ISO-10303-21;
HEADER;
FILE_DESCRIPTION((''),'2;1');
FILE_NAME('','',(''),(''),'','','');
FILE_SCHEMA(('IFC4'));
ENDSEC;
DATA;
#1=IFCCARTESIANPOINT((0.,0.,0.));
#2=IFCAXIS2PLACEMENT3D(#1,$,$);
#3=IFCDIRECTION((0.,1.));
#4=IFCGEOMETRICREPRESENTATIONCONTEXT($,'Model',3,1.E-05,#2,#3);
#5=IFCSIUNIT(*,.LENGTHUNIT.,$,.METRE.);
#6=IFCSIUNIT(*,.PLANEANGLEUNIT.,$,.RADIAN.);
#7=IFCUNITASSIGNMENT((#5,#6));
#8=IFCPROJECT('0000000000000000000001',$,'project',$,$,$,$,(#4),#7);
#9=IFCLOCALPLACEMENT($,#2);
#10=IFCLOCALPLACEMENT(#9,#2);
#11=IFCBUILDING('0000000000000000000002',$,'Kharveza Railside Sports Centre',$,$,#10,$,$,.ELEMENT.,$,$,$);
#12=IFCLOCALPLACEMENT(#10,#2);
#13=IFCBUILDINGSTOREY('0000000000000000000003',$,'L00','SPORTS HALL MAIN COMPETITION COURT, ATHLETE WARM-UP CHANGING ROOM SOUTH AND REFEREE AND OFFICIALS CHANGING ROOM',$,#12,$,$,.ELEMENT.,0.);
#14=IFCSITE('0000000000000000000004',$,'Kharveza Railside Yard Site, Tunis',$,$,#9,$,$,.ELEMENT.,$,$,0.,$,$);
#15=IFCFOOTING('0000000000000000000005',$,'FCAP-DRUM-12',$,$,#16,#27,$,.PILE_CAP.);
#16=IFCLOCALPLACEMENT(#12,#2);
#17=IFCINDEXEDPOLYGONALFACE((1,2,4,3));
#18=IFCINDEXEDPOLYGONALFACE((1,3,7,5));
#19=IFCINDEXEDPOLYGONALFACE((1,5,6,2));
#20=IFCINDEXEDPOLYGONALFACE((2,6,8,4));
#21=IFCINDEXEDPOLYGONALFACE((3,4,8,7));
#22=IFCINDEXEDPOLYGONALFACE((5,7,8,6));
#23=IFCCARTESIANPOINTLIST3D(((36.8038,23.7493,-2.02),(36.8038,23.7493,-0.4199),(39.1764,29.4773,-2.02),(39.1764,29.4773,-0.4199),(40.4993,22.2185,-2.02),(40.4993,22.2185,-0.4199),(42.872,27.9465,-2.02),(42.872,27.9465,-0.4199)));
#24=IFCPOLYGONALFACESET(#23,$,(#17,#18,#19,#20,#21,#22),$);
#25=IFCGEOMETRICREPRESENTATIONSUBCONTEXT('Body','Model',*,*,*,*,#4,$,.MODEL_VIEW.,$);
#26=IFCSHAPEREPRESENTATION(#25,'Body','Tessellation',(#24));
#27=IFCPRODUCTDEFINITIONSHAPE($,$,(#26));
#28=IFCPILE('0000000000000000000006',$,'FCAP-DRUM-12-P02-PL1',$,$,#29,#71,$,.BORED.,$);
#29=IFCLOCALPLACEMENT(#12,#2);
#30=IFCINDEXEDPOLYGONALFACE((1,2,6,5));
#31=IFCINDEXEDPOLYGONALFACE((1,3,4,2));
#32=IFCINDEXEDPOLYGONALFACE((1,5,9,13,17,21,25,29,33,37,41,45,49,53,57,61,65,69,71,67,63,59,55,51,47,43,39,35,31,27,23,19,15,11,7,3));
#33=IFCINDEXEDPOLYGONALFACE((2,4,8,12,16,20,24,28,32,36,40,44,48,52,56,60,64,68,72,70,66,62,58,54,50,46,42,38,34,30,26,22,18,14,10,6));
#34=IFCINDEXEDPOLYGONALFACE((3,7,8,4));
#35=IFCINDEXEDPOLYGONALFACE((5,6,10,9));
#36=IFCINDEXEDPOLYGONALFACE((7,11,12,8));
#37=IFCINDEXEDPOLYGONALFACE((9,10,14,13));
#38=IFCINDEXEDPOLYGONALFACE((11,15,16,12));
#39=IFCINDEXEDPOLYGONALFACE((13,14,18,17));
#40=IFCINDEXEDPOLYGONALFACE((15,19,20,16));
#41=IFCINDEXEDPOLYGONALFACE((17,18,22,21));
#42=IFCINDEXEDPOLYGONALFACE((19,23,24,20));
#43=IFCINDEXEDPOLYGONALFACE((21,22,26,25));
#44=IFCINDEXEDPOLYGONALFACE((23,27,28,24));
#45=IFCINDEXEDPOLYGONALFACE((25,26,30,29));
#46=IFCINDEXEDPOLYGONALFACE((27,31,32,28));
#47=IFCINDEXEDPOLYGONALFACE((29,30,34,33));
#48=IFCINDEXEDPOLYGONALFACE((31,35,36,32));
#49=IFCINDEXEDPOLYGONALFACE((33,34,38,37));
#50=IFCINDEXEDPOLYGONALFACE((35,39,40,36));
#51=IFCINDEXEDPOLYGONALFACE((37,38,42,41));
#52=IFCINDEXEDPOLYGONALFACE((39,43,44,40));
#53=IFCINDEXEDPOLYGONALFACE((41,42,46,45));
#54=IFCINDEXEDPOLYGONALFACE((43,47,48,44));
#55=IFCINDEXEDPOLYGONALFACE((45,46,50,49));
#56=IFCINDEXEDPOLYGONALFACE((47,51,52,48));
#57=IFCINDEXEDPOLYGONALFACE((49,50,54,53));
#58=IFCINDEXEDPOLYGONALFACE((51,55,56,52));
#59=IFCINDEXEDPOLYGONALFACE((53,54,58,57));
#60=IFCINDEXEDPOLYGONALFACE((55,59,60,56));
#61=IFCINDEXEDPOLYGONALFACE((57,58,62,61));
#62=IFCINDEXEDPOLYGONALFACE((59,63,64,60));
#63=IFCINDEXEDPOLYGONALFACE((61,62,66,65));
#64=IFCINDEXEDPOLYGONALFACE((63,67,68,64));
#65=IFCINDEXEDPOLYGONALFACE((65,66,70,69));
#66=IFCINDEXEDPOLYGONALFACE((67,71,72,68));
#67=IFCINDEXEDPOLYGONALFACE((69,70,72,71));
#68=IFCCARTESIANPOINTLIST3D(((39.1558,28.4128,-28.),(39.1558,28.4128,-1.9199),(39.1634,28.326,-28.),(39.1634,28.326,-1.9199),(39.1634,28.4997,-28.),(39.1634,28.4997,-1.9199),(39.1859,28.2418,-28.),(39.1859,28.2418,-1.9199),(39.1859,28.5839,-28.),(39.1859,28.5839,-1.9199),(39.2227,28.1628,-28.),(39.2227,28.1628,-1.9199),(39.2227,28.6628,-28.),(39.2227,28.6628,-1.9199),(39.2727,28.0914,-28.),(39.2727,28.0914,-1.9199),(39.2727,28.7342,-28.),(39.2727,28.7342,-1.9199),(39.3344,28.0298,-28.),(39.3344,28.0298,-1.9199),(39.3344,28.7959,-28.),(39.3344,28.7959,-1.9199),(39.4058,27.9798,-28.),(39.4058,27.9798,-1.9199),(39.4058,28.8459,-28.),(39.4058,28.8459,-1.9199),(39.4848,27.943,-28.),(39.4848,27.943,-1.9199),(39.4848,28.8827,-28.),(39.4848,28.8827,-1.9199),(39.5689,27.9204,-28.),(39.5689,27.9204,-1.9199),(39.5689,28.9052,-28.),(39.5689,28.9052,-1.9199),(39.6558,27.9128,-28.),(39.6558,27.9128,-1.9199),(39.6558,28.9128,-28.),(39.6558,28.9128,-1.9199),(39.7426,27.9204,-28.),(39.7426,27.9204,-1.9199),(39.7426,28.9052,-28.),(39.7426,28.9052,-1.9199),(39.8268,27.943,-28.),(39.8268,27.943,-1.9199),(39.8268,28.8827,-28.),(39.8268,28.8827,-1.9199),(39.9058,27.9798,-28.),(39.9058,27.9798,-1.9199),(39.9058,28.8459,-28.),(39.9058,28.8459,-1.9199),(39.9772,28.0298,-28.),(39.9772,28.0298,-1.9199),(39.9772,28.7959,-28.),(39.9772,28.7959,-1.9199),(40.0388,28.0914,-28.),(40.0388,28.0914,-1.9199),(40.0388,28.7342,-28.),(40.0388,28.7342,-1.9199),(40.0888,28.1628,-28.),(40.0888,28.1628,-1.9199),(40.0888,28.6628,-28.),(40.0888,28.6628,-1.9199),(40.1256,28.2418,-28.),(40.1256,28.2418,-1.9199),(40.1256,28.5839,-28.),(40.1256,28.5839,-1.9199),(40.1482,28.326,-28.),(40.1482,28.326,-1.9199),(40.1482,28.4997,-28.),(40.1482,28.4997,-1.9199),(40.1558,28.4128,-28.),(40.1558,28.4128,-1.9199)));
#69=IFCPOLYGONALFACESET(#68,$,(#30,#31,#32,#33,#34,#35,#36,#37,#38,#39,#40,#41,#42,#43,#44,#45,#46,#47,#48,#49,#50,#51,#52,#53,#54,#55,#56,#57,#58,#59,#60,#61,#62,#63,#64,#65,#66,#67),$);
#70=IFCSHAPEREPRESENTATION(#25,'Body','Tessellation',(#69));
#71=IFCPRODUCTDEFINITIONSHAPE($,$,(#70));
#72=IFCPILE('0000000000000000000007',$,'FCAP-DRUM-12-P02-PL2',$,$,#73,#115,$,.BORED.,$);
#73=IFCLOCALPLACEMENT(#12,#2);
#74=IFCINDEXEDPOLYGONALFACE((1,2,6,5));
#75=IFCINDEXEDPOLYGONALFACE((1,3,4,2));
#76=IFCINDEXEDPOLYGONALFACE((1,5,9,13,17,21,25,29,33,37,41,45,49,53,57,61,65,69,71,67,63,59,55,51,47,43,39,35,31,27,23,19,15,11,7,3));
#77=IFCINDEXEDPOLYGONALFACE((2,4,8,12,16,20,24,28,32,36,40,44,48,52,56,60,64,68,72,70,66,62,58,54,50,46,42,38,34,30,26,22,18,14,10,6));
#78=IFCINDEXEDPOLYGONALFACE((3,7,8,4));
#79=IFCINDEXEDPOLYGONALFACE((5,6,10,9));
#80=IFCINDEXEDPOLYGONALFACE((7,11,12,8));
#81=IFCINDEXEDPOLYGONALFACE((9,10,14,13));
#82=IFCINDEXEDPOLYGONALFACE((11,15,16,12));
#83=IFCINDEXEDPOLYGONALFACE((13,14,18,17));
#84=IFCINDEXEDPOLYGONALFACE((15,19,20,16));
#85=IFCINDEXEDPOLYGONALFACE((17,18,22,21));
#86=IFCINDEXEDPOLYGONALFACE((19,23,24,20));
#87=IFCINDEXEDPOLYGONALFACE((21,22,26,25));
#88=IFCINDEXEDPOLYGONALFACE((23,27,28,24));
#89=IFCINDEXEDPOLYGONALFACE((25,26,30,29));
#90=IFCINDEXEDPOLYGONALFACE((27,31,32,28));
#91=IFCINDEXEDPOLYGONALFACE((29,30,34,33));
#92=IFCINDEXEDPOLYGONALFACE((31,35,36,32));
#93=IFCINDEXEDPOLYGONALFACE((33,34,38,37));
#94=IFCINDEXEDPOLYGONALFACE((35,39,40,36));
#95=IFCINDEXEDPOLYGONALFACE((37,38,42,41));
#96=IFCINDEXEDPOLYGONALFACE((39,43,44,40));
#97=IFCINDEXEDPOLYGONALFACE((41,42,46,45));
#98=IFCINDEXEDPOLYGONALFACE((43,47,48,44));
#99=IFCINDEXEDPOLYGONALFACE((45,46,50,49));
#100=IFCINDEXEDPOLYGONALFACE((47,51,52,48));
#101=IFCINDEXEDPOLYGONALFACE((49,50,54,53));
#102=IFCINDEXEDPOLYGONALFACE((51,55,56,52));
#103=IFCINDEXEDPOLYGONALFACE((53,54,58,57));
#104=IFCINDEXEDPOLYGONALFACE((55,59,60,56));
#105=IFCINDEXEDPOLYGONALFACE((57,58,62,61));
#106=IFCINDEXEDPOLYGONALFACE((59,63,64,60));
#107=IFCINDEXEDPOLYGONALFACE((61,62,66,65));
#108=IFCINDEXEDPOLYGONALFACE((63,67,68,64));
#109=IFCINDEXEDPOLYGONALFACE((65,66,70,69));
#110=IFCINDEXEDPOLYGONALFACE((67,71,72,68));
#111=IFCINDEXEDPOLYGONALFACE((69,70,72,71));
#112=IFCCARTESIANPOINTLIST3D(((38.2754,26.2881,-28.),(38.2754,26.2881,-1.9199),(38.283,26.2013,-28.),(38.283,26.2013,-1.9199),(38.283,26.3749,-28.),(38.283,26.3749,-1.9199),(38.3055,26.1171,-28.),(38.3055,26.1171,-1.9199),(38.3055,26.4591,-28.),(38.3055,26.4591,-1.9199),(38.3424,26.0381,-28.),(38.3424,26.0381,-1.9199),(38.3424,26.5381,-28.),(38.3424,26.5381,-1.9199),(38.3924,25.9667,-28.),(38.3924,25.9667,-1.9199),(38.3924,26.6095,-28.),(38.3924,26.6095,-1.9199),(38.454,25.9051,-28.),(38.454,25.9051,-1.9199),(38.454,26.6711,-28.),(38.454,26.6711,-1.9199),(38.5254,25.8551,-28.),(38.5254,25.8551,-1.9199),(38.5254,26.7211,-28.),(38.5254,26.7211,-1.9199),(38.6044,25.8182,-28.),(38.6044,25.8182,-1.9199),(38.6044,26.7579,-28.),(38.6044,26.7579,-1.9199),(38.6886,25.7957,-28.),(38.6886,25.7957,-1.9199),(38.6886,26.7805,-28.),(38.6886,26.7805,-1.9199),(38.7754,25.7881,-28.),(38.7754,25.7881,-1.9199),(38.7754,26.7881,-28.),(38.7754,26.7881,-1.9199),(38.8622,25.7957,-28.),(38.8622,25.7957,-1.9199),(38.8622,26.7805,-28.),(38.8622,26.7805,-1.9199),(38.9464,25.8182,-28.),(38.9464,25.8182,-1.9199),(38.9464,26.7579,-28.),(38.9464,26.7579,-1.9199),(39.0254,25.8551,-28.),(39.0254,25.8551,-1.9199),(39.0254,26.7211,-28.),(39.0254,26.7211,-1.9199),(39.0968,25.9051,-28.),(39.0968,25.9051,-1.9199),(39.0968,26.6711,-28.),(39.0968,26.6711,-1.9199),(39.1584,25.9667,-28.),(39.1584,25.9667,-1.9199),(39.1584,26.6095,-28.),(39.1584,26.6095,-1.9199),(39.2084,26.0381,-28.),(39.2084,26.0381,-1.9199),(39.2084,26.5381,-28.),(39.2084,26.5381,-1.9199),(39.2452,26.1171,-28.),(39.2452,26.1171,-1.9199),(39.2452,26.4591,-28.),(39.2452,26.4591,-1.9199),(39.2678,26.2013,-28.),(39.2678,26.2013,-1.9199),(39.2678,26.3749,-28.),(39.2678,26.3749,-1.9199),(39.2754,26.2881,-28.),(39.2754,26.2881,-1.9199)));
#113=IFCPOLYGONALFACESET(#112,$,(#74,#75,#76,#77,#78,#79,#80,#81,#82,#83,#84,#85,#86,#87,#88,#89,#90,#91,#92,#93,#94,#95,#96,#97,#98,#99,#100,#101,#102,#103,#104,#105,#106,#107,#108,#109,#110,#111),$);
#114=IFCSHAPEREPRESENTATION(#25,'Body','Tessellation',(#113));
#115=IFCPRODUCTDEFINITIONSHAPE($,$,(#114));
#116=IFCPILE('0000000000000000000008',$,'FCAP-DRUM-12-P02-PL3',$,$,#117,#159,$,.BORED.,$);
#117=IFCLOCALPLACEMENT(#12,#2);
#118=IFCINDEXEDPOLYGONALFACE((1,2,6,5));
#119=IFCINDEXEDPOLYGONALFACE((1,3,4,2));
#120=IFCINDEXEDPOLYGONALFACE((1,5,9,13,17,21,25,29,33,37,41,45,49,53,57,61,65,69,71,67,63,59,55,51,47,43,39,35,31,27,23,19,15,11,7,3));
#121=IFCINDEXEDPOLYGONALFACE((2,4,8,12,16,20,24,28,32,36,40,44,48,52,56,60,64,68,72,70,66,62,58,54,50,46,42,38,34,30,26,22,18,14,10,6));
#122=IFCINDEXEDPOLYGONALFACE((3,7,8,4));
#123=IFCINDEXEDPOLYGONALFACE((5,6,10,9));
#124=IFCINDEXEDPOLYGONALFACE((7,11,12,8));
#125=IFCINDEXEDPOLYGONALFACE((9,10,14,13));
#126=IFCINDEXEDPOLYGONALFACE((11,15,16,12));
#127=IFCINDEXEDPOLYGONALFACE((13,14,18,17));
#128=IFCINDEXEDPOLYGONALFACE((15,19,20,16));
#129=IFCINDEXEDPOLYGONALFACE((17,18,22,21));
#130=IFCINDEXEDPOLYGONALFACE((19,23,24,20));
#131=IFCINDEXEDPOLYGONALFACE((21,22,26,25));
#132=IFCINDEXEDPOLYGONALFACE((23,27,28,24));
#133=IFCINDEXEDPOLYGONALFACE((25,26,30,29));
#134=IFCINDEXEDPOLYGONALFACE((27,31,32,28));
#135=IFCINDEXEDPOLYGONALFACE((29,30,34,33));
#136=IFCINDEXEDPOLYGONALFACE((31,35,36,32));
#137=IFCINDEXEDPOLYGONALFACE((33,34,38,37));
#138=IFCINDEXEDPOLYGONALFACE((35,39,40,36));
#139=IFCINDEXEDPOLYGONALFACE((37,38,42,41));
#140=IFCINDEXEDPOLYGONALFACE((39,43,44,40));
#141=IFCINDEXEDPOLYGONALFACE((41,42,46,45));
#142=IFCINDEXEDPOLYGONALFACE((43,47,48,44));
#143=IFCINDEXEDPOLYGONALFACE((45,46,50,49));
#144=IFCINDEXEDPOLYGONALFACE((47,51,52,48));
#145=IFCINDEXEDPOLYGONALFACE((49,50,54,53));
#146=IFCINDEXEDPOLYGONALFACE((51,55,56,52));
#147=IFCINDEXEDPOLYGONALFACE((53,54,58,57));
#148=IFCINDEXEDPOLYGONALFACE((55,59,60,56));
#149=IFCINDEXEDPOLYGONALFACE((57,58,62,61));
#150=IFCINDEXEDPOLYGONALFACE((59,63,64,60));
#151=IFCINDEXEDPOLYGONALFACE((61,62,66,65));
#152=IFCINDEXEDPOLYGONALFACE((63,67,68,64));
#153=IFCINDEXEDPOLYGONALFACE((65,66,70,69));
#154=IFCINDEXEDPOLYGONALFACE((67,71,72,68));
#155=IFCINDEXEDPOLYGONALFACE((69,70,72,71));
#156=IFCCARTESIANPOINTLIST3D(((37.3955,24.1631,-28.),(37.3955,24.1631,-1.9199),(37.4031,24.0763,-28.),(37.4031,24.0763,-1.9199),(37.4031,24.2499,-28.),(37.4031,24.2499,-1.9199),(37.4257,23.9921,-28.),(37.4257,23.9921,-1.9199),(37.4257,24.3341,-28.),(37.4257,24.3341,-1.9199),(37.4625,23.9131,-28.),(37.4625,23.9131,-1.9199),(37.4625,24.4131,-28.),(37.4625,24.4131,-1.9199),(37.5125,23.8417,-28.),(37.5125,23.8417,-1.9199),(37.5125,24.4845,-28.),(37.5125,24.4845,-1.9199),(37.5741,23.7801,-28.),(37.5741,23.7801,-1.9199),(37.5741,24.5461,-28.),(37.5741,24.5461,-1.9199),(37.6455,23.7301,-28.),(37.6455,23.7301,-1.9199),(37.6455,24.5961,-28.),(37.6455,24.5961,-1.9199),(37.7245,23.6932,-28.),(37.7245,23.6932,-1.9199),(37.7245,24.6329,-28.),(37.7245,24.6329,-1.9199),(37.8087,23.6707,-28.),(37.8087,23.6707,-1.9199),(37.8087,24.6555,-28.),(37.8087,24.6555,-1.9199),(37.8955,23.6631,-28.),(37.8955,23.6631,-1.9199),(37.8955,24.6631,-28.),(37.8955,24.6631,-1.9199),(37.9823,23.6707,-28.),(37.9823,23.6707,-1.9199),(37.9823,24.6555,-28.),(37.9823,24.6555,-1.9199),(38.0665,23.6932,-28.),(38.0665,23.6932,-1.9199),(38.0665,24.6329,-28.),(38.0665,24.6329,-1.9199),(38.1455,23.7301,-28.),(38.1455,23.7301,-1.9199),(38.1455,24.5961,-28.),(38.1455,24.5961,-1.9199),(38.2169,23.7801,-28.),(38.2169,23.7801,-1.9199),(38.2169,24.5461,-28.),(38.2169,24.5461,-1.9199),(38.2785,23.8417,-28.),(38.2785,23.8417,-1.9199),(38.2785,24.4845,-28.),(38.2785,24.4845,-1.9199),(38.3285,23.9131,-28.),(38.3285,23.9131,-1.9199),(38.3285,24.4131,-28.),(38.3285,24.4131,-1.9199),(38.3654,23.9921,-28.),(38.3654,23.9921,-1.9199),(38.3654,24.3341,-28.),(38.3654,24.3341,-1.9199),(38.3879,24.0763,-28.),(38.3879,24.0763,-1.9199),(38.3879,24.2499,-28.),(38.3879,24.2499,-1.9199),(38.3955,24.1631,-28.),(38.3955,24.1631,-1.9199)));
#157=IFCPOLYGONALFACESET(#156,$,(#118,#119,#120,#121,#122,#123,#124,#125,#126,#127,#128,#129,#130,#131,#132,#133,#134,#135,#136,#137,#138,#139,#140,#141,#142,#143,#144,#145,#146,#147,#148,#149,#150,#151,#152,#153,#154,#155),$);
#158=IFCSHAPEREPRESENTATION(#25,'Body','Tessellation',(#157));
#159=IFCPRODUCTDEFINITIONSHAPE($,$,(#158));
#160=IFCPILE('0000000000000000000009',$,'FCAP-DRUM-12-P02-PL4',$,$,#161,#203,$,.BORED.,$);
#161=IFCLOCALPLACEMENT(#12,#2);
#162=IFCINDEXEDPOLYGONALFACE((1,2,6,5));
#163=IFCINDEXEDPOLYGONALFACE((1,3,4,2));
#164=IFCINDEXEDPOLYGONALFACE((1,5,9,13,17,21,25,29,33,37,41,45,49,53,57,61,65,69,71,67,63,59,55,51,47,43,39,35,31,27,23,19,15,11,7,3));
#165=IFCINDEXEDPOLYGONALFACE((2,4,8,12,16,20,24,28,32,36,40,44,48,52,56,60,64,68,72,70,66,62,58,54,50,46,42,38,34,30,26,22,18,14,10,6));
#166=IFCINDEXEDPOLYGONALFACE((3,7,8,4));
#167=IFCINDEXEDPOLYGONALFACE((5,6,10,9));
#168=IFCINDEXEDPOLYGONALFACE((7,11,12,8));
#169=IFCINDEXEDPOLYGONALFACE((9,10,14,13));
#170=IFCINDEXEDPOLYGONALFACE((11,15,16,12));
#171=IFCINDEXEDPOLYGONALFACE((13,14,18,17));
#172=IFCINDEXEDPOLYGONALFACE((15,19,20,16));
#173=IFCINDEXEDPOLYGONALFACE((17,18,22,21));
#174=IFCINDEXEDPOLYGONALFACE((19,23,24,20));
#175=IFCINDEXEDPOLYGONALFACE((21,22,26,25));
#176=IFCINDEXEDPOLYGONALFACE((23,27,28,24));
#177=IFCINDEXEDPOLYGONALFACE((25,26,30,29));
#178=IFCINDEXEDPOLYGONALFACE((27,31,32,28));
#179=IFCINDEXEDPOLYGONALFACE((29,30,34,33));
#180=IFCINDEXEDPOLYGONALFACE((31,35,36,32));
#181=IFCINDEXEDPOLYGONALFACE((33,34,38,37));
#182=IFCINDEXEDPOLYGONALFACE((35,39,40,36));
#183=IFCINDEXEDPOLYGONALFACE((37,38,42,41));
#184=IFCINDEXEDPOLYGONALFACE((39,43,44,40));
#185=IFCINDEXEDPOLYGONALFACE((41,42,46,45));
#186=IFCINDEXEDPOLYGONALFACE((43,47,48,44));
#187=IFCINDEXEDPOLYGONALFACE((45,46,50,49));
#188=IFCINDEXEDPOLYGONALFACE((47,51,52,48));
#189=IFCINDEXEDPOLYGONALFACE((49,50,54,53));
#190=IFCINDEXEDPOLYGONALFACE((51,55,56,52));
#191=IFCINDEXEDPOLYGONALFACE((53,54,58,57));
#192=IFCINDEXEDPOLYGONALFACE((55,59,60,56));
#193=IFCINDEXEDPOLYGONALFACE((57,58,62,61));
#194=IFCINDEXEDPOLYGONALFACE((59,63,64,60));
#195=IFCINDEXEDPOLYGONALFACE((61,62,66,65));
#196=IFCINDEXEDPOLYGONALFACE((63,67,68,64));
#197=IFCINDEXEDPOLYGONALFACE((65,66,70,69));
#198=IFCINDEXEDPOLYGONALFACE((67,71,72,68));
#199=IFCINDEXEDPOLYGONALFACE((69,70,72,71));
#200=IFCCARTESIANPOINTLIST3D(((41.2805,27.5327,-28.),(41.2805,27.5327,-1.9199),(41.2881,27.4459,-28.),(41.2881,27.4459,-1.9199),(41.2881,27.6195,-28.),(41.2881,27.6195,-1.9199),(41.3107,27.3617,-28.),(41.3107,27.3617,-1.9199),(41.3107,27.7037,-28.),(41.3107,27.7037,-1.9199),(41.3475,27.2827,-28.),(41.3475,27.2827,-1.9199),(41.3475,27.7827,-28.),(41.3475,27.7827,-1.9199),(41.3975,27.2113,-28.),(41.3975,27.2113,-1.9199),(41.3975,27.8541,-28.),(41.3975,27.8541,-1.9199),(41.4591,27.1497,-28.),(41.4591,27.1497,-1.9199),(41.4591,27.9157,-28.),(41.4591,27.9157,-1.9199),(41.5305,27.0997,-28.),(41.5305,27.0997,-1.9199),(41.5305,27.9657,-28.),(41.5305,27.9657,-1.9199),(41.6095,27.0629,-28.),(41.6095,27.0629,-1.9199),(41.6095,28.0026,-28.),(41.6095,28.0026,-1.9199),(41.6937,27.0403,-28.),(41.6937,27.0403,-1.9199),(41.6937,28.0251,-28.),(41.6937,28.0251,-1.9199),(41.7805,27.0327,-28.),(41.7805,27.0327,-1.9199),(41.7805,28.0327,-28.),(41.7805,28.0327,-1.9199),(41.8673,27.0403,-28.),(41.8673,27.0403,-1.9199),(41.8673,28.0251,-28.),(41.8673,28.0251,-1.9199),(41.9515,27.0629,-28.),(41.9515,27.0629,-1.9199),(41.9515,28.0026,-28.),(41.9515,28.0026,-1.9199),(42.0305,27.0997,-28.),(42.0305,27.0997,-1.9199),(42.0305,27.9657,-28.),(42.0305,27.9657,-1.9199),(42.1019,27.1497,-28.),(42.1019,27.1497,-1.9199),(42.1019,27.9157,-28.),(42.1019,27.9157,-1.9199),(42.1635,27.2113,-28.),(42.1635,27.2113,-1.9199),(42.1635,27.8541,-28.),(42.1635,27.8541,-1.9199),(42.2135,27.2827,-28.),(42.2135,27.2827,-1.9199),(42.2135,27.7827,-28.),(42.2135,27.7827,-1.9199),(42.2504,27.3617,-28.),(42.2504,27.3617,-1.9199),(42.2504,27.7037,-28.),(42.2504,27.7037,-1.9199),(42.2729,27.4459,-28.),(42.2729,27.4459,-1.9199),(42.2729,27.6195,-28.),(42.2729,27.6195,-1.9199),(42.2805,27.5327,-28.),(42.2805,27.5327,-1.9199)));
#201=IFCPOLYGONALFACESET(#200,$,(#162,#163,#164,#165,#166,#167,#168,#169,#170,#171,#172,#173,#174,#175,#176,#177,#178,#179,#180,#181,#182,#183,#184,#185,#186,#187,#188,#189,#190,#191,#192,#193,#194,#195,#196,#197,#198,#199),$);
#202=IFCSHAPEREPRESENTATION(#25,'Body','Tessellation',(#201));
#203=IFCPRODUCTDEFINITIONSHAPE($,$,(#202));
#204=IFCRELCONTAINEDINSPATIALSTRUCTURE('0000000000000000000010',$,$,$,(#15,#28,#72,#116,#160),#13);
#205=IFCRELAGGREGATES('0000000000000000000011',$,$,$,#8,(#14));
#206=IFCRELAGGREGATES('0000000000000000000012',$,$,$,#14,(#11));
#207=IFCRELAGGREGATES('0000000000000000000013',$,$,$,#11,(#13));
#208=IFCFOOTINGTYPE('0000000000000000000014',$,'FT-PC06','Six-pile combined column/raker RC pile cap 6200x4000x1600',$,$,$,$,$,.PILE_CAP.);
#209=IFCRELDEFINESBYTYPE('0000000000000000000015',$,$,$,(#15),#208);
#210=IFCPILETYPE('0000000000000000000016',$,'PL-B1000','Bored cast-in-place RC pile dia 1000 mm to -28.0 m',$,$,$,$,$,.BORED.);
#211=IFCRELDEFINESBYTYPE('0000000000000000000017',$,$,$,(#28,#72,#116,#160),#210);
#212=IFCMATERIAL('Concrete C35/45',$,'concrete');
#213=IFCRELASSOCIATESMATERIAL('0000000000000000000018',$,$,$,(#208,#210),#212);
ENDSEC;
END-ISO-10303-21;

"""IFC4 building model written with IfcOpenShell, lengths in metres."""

from ifc_helpers import new_model, si_unit, direction, frame, origin, origin_2d, place, context, subcontext, project, spatial, rectangle, circle, extrude, material, material_profile, profile_set, type_object, element, save


model = new_model("IFC4")

# Units and contexts
model_context = context("Model", 3, precision=1e-05, world=origin(), true_north=direction((0.0, 1.0)))
body_context = subcontext(model_context, "Body", "Model", "MODEL_VIEW")
ifc_project = project(units=[si_unit("LENGTHUNIT", "METRE"), si_unit("PLANEANGLEUNIT", "RADIAN")], contexts=[model_context])

# Site, building, storey
site_placement = place(None, origin())
site = spatial("IfcSite", under=ifc_project, at=site_placement, Name="Kharveza Railside Yard Site, Tunis", CompositionType="ELEMENT", RefElevation=0.0)
building_placement = place(site_placement, origin())
building = spatial("IfcBuilding", under=site, at=building_placement, Name="Kharveza Railside Sports Centre", CompositionType="ELEMENT")
storey_placement = place(building_placement, origin())
storey = spatial("IfcBuildingStorey", under=building, at=storey_placement, Name="L00", Description="SPORTS HALL MAIN COMPETITION COURT, ATHLETE WARM-UP CHANGING ROOM SOUTH AND REFEREE AND OFFICIALS CHANGING ROOM", CompositionType="ELEMENT", Elevation=0.0)

# Footing
ifc_material_1 = material(Name="Concrete C35/45", Category="concrete")
footing_type = type_object("IfcFootingType", Name="FT-PC06", Description="Six-pile combined column/raker RC pile cap 6200x4000x1600", PredefinedType="PILE_CAP", material=ifc_material_1)
footing_placement = place(storey_placement, frame((39.8379, 25.8479, -2.02), z_axis=(0.0, 0.0, 1.0), x_axis=(-0.382683, -0.92388, 0.0)))
element("IfcFooting", 1, at=footing_placement, inside=storey, type_object=footing_type, Name="FCAP-DRUM-12", PredefinedType="PILE_CAP", context=body_context, shape_type="SweptSolid", body=[
    extrude(rectangle(XDim=6.2, YDim=4.0, at=origin_2d()), origin(), (0.0, 0.0, 1.0), 1.6001),
])

# Piles
ifc_material_profile_1 = material_profile(ifc_material_1, circle(Radius=0.5, at=origin_2d()), Name="PILE D1000")
ifc_profile_set_1 = profile_set([ifc_material_profile_1], Name="Concrete C35/45")
pile_type = type_object("IfcPileType", Name="PL-B1000", Description="Bored cast-in-place RC pile dia 1000 mm to -28.0 m", PredefinedType="BORED", material=ifc_profile_set_1)
for number, where, z_axis, x_axis, name in (
    (2, (39.6558, 28.4128, -1.9199), (0.0, 0.0, -1.0), (1.0, 0.0, 0.0), "FCAP-DRUM-12-P02-PL1"),
    (3, (38.7754, 26.2881, -1.9199), (0.0, 0.0, -1.0), (1.0, 0.0, 0.0), "FCAP-DRUM-12-P02-PL2"),
    (4, (37.8955, 24.1631, -1.9199), (0.0, 0.0, -1.0), (1.0, 0.0, 0.0), "FCAP-DRUM-12-P02-PL3"),
    (5, (41.7805, 27.5327, -1.9199), (0.0, 0.0, -1.0), (1.0, 0.0, 0.0), "FCAP-DRUM-12-P02-PL4"),
):
    element("IfcPile", number, at=place(storey_placement, frame(where, z_axis=z_axis, x_axis=x_axis)), inside=storey, type_object=pile_type, Name=name, PredefinedType="BORED", context=body_context, shape_type="SweptSolid", body=[
        extrude(circle(Radius=0.5, at=origin_2d()), origin(), (0.0, 0.0, 1.0), 26.0801),
    ])

save(model, "model.ifc")
